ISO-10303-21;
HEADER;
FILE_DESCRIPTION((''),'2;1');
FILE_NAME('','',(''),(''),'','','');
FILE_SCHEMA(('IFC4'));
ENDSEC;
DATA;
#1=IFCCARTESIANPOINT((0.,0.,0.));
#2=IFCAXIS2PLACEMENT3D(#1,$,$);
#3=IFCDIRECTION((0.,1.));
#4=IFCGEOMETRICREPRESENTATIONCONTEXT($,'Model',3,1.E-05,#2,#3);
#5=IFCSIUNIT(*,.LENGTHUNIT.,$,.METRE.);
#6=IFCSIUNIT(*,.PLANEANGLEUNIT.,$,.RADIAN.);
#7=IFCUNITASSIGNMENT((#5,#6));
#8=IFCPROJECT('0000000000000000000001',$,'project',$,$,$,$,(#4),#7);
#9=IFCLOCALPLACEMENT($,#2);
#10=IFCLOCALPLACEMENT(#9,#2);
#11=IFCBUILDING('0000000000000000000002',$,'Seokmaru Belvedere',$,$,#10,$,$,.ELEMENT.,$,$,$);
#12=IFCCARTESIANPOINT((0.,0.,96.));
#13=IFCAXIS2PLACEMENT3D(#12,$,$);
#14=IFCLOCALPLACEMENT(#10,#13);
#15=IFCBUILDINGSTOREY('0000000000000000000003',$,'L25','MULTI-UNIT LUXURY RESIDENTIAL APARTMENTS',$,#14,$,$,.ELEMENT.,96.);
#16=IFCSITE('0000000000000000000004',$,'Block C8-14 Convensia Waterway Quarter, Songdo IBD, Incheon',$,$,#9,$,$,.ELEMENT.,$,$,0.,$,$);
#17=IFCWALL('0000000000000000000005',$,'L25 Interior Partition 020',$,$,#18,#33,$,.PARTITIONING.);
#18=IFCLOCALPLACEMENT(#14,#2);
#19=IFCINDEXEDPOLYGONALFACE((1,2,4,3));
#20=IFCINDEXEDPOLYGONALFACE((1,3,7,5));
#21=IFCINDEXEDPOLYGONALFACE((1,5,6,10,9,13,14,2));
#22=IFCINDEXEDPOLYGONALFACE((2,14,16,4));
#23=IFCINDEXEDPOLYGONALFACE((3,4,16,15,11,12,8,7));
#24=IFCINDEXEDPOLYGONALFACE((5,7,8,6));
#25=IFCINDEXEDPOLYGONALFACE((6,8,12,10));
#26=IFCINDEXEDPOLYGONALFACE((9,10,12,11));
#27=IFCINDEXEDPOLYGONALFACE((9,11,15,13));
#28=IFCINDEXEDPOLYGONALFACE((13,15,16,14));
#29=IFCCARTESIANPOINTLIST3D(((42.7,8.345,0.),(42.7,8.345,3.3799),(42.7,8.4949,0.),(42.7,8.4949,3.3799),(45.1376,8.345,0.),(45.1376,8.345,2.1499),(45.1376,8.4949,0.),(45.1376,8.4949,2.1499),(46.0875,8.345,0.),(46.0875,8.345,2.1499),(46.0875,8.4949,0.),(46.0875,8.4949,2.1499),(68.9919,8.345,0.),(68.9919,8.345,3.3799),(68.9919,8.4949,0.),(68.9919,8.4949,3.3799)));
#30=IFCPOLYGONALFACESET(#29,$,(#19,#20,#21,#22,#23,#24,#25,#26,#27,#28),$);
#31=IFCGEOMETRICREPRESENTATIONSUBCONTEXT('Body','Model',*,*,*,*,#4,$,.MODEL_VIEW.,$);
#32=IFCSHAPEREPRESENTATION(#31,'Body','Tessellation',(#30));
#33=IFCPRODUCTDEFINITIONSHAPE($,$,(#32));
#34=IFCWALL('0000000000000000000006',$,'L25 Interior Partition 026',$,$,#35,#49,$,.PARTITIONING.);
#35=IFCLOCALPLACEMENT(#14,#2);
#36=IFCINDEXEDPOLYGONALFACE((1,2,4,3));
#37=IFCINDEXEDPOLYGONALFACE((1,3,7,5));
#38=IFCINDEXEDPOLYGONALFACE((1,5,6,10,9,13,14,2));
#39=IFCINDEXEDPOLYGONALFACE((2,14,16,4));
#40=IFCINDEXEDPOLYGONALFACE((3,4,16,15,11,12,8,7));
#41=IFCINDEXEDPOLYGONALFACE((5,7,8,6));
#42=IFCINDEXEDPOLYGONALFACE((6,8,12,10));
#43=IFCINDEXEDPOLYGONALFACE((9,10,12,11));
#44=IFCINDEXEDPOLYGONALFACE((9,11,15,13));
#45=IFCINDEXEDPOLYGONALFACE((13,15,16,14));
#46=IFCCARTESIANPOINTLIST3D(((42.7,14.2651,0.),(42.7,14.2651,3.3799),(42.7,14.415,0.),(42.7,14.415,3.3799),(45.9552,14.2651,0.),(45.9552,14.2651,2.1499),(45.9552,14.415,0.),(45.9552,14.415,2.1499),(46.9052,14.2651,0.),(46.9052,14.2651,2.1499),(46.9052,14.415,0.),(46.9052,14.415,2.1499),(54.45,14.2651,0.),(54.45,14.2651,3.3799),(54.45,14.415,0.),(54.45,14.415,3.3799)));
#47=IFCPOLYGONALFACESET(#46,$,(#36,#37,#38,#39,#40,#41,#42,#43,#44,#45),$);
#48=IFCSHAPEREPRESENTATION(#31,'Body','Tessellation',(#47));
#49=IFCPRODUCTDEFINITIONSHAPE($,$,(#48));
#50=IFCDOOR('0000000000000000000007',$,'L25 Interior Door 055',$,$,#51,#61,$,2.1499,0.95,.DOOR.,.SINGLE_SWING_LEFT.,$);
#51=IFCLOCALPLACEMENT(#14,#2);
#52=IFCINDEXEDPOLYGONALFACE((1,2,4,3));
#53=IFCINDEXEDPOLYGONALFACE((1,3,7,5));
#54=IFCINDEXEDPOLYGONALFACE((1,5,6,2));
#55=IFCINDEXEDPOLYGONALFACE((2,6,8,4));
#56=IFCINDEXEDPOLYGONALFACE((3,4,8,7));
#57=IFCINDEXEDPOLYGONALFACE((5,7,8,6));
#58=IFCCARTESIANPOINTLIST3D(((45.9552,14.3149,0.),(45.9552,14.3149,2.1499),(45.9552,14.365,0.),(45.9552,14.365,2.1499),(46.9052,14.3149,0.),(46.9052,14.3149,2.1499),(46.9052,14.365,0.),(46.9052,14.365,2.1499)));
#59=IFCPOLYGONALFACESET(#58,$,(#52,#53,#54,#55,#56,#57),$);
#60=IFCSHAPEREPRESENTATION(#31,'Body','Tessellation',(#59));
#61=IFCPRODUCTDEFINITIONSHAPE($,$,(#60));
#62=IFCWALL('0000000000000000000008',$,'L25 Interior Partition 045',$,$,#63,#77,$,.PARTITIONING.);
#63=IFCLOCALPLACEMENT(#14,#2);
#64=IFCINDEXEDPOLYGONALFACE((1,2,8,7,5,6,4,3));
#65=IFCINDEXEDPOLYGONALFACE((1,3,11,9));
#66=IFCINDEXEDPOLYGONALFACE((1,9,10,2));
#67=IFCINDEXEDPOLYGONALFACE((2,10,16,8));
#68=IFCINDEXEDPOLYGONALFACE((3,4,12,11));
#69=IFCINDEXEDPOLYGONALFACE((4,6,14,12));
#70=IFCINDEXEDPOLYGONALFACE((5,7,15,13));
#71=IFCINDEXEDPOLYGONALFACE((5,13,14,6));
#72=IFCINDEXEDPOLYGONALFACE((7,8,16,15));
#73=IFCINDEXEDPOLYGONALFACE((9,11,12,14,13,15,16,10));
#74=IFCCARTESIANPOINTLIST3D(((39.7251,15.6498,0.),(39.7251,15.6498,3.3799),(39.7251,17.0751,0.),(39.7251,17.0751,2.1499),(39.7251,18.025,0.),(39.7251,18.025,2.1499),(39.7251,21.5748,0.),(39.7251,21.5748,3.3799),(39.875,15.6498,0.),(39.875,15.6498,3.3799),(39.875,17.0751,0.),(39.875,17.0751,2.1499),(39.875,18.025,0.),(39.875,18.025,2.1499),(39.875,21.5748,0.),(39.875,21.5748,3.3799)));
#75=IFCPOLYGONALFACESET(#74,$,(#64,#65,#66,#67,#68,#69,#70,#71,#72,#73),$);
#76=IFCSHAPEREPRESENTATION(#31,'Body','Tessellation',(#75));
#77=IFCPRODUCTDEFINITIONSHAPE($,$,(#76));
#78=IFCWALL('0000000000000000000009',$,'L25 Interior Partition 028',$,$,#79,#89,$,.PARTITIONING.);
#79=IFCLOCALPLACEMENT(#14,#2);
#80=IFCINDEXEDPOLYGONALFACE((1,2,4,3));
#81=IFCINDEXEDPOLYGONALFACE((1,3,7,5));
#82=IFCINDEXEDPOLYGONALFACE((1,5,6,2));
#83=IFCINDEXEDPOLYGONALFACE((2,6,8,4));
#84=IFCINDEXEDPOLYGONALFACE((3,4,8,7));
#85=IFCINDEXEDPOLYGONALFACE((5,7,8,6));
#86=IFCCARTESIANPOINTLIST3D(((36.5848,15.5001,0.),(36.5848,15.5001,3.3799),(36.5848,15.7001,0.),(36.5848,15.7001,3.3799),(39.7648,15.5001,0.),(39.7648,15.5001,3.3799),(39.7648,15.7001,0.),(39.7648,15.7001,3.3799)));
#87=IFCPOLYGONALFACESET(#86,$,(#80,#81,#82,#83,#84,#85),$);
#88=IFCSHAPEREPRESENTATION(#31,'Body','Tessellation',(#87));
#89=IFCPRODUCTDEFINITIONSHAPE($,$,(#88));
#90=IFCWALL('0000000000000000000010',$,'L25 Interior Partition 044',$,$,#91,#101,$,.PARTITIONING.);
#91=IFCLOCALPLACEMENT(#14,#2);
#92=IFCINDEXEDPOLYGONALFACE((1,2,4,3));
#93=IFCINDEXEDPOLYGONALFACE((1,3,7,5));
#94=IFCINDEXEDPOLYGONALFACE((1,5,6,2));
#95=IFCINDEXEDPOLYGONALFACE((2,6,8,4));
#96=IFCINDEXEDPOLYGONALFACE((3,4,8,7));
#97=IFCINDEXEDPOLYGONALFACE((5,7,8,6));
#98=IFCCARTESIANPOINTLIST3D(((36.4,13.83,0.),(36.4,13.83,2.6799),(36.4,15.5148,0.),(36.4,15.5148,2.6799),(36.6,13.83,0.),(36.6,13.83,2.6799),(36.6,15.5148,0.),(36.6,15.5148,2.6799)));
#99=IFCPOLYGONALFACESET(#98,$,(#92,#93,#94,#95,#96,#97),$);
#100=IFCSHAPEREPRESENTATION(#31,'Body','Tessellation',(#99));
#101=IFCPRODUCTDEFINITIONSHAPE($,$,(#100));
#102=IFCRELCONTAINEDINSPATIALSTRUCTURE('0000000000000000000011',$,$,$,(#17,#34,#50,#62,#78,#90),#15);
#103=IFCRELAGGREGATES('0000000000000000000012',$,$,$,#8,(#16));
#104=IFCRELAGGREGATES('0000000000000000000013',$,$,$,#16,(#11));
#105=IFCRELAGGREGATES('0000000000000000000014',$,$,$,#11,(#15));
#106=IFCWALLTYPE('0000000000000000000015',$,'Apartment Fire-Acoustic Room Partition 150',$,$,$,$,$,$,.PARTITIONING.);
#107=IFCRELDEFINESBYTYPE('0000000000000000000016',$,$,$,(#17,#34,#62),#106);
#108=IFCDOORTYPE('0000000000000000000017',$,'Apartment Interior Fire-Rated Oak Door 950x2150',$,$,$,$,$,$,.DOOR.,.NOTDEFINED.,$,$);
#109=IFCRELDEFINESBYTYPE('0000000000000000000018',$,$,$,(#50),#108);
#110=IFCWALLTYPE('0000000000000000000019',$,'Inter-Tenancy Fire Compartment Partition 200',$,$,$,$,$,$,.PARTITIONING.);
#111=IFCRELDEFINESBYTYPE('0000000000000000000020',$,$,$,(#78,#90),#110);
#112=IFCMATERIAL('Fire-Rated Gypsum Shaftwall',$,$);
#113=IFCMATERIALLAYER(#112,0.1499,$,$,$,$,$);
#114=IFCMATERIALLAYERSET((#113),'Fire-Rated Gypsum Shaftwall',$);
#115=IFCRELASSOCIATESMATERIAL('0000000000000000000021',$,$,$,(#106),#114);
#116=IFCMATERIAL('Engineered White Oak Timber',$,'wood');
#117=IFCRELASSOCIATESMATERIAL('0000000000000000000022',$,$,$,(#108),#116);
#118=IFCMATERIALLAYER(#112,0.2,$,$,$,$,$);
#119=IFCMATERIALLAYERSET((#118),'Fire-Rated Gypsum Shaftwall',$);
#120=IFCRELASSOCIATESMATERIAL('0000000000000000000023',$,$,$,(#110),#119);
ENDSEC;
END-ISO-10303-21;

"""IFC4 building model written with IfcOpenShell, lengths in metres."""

from ifc_helpers import new_model, si_unit, direction, frame, frame_2d, origin, place, context, subcontext, project, spatial, rectangle, extrude, source, transform, mapped, material, layer, layer_set, type_object, type_shapes, element, fill, save


model = new_model("IFC4")

# Units and contexts
model_context = context("Model", 3, precision=1e-05, world=origin(), true_north=direction((0.0, 1.0)))
body_context = subcontext(model_context, "Body", "Model", "MODEL_VIEW")
ifc_project = project(units=[si_unit("LENGTHUNIT", "METRE"), si_unit("PLANEANGLEUNIT", "RADIAN")], contexts=[model_context])

# Site, building, storey
site_placement = place(None, origin())
site = spatial("IfcSite", under=ifc_project, at=site_placement, Name="Block C8-14 Convensia Waterway Quarter, Songdo IBD, Incheon", CompositionType="ELEMENT", RefElevation=0.0)
building_placement = place(site_placement, origin())
building = spatial("IfcBuilding", under=site, at=building_placement, Name="Seokmaru Belvedere", CompositionType="ELEMENT")
storey_placement = place(building_placement, frame((0.0, 0.0, 96.0)))
storey = spatial("IfcBuildingStorey", under=building, at=storey_placement, Name="L25", Description="MULTI-UNIT LUXURY RESIDENTIAL APARTMENTS", CompositionType="ELEMENT", Elevation=96.0)

# Wall, opening
ifc_material_1 = material(Name="Fire-Rated Gypsum Shaftwall")
ifc_layer_1 = layer(ifc_material_1, 0.1499)
ifc_layer_set_1 = layer_set([ifc_layer_1], Name="Fire-Rated Gypsum Shaftwall")
wall_type_1 = type_object("IfcWallType", Name="Apartment Fire-Acoustic Room Partition 150", PredefinedType="PARTITIONING", material=ifc_layer_set_1)
wall_1_placement = place(storey_placement, frame((42.7, 8.4199, 0.0), z_axis=(0.0, 0.0, 1.0), x_axis=(1.0, 0.0, 0.0)))
wall_1 = element("IfcWall", 1, at=wall_1_placement, inside=storey, type_object=wall_type_1, Name="L25 Interior Partition 020", PredefinedType="PARTITIONING", context=body_context, shape_type="SweptSolid", body=[
    extrude(rectangle(XDim=26.292, YDim=0.1499, at=frame_2d((13.146, 0.0))), origin(), (0.0, 0.0, 1.0), 3.3799),
])
opening_1_placement = place(wall_1_placement, frame((2.4375, 0.0, 0.0)))
element("IfcOpeningElement", 2, at=opening_1_placement, cuts=wall_1, PredefinedType="OPENING", context=body_context, shape_type="SweptSolid", body=[
    extrude(rectangle(XDim=0.95, YDim=2.1499, at=frame_2d((0.4751, 1.075))), frame((0.0, 0.085, 0.0), z_axis=(0.0, -1.0, 0.0), x_axis=(1.0, 0.0, 0.0)), (0.0, 0.0, 1.0), 0.1699),
])

# Wall, opening, door
wall_2_placement = place(storey_placement, frame((42.7, 14.3401, 0.0), z_axis=(0.0, 0.0, 1.0), x_axis=(1.0, 0.0, 0.0)))
wall_2 = element("IfcWall", 3, at=wall_2_placement, inside=storey, type_object=wall_type_1, Name="L25 Interior Partition 026", PredefinedType="PARTITIONING", context=body_context, shape_type="SweptSolid", body=[
    extrude(rectangle(XDim=11.75, YDim=0.1499, at=frame_2d((5.875, 0.0))), origin(), (0.0, 0.0, 1.0), 3.3799),
])
opening_2_placement = place(wall_2_placement, frame((3.2551, 0.0, 0.0)))
opening_2 = element("IfcOpeningElement", 4, at=opening_2_placement, cuts=wall_2, PredefinedType="OPENING", context=body_context, shape_type="SweptSolid", body=[
    extrude(rectangle(XDim=0.95, YDim=2.1499, at=frame_2d((0.4751, 1.075))), frame((0.0, 0.085, 0.0), z_axis=(0.0, -1.0, 0.0), x_axis=(1.0, 0.0, 0.0)), (0.0, 0.0, 1.0), 0.1699),
])
ifc_material_2 = material(Name="Engineered White Oak Timber", Category="wood")
door_type = type_object("IfcDoorType", Name="Apartment Interior Fire-Rated Oak Door 950x2150", OperationType="NOTDEFINED", PredefinedType="DOOR", material=ifc_material_2)
shared_shape_1 = source(origin(), body_context, "Body", "SweptSolid", [
    extrude(rectangle(XDim=0.95, YDim=2.1499, at=frame_2d((0.4751, 1.075))), frame((0.0, 0.0249, 0.0), z_axis=(0.0, -1.0, 0.0), x_axis=(1.0, 0.0, 0.0)), (0.0, 0.0, 1.0), 0.05),
])
type_shapes(door_type, [shared_shape_1])
door_placement = place(opening_2_placement, origin())
door = element("IfcDoor", 5, at=door_placement, inside=storey, type_object=door_type, Name="L25 Interior Door 055", OperationType="SINGLE_SWING_LEFT", OverallHeight=2.1499, OverallWidth=0.95, PredefinedType="DOOR", context=body_context, shape_type="MappedRepresentation", body=[
    mapped(shared_shape_1, transform((0.0, 0.0, 0.0), scale=1.0)),
])
fill(opening_2, door)

# Wall, opening
wall_3_placement = place(storey_placement, frame((39.8, 15.6499, 0.0), z_axis=(0.0, 0.0, 1.0), x_axis=(0.0, 1.0, 0.0)))
wall_3 = element("IfcWall", 6, at=wall_3_placement, inside=storey, type_object=wall_type_1, Name="L25 Interior Partition 045", PredefinedType="PARTITIONING", context=body_context, shape_type="SweptSolid", body=[
    extrude(rectangle(XDim=5.925, YDim=0.1499, at=frame_2d((2.9624, 0.0))), origin(), (0.0, 0.0, 1.0), 3.3799),
])
opening_3_placement = place(wall_3_placement, frame((1.425, 0.0, 0.0)))
element("IfcOpeningElement", 7, at=opening_3_placement, cuts=wall_3, PredefinedType="OPENING", context=body_context, shape_type="SweptSolid", body=[
    extrude(rectangle(XDim=0.95, YDim=2.1499, at=frame_2d((0.4751, 1.075))), frame((0.0, 0.085, 0.0), z_axis=(0.0, -1.0, 0.0), x_axis=(1.0, 0.0, 0.0)), (0.0, 0.0, 1.0), 0.1699),
])

# Walls
ifc_layer_2 = layer(ifc_material_1, 0.2)
ifc_layer_set_2 = layer_set([ifc_layer_2], Name="Fire-Rated Gypsum Shaftwall")
wall_type_2 = type_object("IfcWallType", Name="Inter-Tenancy Fire Compartment Partition 200", PredefinedType="PARTITIONING", material=ifc_layer_set_2)
wall_4_placement = place(storey_placement, frame((36.585, 15.6001, 0.0), z_axis=(0.0, 0.0, 1.0), x_axis=(1.0, 0.0, 0.0)))
element("IfcWall", 8, at=wall_4_placement, inside=storey, type_object=wall_type_2, Name="L25 Interior Partition 028", PredefinedType="PARTITIONING", context=body_context, shape_type="SweptSolid", body=[
    extrude(rectangle(XDim=3.1799, YDim=0.2, at=frame_2d((1.5898, 0.0))), origin(), (0.0, 0.0, 1.0), 3.3799),
])
wall_5_placement = place(storey_placement, frame((36.5, 13.8301, 0.0), z_axis=(0.0, 0.0, 1.0), x_axis=(0.0, 1.0, 0.0)))
element("IfcWall", 9, at=wall_5_placement, inside=storey, type_object=wall_type_2, Name="L25 Interior Partition 044", PredefinedType="PARTITIONING", context=body_context, shape_type="SweptSolid", body=[
    extrude(rectangle(XDim=1.6848, YDim=0.2, at=frame_2d((0.8423, 0.0))), origin(), (0.0, 0.0, 1.0), 2.6799),
])

save(model, "model.ifc")
